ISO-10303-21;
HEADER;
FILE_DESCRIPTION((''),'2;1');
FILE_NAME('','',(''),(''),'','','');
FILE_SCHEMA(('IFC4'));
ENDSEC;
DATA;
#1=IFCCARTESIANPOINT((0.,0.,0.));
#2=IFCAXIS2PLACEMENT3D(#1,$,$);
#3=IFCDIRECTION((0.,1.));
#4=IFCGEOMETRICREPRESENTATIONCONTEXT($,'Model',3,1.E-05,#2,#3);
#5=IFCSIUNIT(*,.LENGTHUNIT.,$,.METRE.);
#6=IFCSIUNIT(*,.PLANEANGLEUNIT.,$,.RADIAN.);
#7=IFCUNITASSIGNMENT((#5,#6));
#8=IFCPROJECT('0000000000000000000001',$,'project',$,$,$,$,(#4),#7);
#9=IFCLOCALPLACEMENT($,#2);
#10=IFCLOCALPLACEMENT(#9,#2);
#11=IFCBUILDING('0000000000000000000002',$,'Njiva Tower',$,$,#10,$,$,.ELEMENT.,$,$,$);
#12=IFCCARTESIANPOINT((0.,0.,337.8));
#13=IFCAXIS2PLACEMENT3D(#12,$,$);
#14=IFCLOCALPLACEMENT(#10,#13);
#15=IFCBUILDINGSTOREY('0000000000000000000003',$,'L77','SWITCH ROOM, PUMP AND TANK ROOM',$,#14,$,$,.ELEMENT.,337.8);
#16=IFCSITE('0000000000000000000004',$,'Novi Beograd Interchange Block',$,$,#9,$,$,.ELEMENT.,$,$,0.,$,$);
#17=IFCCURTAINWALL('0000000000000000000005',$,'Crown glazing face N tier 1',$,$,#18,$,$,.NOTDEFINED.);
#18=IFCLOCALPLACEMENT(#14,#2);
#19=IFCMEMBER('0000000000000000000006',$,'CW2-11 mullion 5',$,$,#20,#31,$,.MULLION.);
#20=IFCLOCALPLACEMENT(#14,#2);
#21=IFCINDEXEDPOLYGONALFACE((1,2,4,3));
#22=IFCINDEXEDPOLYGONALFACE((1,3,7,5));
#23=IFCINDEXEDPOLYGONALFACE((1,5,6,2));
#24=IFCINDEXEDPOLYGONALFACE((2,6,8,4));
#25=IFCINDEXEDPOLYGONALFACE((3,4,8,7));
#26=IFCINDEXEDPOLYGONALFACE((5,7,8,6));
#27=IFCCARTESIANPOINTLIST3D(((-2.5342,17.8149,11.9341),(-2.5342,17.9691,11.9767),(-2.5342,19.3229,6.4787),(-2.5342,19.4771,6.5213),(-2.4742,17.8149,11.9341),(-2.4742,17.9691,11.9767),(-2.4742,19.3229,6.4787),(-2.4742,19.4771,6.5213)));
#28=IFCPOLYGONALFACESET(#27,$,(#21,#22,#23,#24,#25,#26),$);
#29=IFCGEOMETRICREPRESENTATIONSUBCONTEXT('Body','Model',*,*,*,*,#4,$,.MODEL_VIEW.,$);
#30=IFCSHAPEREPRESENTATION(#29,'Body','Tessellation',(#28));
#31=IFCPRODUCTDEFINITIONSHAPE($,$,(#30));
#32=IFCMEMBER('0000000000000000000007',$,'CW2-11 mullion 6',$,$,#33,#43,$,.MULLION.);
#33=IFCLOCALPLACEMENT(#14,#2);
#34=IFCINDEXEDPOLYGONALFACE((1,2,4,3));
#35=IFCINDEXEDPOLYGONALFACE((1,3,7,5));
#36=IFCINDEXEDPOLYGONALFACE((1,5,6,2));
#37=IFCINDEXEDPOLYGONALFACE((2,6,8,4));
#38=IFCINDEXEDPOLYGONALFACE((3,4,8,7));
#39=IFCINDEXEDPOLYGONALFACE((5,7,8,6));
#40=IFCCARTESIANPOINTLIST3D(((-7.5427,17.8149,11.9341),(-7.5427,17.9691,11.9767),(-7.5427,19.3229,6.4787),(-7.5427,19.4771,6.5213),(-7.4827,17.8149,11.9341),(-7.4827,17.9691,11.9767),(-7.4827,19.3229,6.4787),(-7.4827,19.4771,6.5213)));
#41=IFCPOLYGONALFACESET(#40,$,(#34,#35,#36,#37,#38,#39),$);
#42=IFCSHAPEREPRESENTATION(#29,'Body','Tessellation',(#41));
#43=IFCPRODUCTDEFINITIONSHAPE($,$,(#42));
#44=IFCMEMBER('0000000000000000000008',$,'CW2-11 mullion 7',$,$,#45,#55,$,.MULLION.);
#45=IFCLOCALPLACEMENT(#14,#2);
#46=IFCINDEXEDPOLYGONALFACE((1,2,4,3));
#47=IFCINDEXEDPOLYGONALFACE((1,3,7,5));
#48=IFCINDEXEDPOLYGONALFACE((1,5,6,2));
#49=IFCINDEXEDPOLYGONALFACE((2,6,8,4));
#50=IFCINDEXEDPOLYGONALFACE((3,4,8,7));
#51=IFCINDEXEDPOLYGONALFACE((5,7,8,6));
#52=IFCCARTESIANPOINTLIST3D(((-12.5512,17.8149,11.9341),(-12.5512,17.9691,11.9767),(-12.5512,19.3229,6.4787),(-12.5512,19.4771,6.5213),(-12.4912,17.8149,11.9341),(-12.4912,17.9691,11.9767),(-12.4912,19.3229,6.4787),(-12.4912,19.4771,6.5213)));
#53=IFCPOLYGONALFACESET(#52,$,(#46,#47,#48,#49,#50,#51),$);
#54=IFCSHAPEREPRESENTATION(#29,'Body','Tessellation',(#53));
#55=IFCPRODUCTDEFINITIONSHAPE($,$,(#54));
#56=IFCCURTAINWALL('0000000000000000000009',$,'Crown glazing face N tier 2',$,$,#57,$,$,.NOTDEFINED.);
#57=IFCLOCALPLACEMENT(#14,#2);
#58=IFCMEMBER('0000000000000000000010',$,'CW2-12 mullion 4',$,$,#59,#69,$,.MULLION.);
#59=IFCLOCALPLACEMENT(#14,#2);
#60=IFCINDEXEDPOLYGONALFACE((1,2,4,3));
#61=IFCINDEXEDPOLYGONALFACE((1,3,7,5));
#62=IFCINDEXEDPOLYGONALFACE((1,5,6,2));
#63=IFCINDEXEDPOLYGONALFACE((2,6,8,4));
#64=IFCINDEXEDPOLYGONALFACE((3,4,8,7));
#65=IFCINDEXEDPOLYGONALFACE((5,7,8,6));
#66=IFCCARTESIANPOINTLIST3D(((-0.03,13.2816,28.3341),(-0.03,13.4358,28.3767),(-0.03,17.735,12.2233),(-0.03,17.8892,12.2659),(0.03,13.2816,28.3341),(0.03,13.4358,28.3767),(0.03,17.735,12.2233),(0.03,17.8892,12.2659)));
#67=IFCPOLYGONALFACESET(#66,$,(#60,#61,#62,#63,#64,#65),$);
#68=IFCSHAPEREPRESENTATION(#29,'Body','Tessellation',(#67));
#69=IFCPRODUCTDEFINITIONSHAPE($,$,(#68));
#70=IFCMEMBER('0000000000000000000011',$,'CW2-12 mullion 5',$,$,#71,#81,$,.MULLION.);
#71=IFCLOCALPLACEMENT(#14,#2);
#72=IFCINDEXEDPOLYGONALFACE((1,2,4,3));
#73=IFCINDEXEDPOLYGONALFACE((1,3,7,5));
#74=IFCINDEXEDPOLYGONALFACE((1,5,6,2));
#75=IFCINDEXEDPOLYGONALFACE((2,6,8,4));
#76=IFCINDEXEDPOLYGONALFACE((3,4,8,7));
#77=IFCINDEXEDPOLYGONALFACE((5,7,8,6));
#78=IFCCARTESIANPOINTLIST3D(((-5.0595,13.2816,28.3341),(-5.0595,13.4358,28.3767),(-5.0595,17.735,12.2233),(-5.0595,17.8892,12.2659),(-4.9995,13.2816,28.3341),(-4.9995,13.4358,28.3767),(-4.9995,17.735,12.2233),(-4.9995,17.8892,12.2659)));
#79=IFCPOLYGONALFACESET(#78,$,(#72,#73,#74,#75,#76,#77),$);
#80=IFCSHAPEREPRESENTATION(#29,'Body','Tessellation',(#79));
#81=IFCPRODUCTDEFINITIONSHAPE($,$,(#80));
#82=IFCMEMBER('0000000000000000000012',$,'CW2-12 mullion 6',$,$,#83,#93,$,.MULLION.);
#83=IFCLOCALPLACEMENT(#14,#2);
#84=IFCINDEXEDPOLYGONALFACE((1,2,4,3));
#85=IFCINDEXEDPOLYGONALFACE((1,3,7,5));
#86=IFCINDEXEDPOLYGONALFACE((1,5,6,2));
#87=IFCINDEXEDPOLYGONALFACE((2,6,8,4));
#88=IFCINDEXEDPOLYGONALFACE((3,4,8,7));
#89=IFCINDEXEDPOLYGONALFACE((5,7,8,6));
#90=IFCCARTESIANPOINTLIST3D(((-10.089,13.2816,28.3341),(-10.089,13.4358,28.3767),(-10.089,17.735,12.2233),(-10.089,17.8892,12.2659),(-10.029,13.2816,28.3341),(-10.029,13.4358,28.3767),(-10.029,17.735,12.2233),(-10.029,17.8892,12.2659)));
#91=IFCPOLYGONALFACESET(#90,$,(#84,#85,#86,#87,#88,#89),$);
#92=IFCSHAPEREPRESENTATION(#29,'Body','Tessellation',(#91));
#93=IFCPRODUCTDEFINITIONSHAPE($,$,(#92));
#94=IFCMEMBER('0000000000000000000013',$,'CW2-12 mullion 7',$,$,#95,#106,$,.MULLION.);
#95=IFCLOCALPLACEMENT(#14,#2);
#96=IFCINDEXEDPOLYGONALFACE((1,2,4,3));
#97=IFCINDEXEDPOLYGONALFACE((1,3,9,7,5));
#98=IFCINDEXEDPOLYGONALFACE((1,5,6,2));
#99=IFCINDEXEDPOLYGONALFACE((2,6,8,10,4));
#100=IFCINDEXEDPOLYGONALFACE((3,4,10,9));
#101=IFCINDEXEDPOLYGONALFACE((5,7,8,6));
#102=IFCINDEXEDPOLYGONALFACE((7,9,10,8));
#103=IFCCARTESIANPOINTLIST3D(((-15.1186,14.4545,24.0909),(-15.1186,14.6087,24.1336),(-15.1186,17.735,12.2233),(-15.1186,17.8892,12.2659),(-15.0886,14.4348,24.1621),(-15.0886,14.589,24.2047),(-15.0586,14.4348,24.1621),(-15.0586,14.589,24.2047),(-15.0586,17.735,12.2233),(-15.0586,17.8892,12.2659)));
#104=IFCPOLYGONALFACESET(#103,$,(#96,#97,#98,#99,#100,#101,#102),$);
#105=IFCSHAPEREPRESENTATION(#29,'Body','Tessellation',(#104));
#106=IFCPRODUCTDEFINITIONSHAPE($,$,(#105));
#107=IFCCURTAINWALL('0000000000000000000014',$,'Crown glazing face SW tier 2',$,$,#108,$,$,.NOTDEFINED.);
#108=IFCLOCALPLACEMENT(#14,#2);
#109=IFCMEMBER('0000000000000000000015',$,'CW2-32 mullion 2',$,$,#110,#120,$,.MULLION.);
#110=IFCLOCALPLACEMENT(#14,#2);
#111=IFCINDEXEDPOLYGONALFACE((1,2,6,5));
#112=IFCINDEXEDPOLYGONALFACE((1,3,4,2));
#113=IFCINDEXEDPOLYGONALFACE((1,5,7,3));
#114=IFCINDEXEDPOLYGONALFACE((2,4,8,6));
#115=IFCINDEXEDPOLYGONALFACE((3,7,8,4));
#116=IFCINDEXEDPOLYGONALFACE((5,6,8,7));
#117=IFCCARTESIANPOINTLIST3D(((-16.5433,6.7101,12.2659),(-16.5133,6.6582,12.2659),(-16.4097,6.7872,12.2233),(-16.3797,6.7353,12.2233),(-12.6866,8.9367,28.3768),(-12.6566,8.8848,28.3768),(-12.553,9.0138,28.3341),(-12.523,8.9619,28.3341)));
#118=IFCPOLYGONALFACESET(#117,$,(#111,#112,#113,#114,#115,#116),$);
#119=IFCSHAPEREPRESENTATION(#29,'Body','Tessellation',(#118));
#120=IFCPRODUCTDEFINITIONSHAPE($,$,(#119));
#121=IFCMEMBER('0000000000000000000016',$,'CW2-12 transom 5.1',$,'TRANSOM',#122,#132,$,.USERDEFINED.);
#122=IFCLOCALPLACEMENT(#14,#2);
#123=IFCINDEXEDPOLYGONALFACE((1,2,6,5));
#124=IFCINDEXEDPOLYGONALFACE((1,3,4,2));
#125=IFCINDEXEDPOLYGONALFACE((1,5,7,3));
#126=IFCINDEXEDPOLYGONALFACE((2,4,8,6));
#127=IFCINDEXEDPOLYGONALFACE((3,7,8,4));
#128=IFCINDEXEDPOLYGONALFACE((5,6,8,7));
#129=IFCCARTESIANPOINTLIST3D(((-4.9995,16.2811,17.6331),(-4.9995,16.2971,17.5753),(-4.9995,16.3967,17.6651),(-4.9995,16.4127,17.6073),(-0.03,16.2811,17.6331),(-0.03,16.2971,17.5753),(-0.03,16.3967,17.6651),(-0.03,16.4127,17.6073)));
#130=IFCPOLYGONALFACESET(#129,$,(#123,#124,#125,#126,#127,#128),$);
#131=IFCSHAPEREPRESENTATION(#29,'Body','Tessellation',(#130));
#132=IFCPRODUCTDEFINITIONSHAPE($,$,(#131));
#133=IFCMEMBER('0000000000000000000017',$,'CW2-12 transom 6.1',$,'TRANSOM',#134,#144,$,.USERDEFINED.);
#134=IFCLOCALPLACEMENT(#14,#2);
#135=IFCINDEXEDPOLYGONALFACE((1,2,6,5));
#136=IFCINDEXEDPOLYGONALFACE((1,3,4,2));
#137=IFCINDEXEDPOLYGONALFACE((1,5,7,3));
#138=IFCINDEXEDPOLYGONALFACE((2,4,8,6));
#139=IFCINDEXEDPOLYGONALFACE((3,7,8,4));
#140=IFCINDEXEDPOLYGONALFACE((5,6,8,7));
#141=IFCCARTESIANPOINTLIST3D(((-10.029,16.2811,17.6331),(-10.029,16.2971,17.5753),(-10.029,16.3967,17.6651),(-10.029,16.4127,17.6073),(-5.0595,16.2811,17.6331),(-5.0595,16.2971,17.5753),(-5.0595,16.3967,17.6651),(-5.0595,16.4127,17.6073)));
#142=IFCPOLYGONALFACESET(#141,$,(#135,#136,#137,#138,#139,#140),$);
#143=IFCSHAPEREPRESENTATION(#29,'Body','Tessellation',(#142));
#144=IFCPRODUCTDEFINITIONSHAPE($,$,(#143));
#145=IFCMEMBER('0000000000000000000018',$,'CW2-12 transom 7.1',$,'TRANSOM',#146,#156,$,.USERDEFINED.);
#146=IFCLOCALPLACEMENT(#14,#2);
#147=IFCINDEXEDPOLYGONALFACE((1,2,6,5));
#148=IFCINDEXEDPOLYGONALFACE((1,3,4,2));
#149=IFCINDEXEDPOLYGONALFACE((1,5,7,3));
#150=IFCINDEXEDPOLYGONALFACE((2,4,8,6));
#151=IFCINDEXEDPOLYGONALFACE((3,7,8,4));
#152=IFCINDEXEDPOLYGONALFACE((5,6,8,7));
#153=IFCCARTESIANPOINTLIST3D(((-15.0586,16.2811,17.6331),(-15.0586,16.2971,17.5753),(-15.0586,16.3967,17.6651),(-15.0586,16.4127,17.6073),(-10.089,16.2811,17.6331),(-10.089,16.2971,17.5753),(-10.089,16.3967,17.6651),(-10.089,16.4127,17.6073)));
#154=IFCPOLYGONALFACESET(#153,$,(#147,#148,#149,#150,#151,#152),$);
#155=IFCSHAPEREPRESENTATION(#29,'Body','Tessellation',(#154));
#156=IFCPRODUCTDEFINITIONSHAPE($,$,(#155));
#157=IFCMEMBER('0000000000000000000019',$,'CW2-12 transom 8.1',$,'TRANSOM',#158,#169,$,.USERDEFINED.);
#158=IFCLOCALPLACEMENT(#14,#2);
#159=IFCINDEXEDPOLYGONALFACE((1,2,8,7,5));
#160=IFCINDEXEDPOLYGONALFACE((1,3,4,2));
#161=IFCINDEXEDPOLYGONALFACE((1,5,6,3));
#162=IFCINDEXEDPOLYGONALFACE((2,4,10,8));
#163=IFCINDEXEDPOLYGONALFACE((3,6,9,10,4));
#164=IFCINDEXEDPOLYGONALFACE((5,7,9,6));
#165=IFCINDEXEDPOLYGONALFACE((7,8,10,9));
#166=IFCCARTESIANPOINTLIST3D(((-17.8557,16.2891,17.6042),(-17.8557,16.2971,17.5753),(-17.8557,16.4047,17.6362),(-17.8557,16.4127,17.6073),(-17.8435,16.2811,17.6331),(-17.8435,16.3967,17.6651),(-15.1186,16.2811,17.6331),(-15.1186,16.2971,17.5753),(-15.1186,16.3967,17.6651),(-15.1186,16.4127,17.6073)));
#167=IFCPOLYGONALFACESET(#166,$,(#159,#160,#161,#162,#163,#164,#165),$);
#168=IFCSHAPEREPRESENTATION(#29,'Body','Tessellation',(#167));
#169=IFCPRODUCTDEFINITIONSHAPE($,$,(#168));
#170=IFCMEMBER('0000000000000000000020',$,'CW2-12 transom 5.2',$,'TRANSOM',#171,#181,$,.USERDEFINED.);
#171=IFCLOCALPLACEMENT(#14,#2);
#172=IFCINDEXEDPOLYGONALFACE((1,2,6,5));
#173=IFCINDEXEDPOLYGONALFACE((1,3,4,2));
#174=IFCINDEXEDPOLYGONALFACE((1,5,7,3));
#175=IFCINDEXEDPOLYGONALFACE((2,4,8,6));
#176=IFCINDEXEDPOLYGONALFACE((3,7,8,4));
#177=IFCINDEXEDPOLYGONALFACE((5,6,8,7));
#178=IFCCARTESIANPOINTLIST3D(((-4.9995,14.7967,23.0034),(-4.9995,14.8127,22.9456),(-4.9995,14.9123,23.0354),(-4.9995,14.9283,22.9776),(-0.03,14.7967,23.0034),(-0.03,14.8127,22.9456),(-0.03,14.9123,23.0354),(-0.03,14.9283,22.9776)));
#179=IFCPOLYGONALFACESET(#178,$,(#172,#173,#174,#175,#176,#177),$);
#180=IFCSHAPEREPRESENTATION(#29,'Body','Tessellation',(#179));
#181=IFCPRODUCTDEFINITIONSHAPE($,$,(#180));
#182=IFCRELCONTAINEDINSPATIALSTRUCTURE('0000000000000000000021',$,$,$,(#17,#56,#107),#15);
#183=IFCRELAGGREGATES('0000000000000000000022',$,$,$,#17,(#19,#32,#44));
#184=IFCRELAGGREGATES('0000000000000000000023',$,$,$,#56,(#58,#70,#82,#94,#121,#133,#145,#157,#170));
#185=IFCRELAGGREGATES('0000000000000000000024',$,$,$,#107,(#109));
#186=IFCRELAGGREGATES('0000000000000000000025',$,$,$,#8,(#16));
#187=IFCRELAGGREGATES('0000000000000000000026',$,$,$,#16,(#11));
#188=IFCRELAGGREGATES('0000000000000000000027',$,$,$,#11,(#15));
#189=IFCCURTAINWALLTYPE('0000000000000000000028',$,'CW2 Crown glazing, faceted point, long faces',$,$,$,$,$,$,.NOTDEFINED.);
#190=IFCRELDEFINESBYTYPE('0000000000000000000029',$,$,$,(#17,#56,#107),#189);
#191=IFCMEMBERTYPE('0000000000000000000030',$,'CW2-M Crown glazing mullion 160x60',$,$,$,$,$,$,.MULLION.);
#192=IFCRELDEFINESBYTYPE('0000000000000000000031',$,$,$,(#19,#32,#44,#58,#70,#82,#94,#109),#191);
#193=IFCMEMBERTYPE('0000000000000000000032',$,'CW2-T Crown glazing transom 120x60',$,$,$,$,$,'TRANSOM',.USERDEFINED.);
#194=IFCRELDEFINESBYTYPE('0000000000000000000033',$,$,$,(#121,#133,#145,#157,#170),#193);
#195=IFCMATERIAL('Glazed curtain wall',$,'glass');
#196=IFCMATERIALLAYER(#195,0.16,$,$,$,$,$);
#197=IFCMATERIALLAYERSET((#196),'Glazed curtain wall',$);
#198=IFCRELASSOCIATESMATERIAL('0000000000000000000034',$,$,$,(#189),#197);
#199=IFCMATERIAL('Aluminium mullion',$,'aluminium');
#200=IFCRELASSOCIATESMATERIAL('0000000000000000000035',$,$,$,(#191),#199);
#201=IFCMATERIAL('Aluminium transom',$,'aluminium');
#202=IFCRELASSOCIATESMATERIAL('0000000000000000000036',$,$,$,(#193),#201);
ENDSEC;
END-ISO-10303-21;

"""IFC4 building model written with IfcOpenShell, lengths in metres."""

from ifc_helpers import new_model, si_unit, direction, frame, origin, origin_2d, place, context, subcontext, project, spatial, rectangle, extrude, clip, halfspace, material, layer, layer_set, material_profile, profile_set, type_object, element, aggregate, save


model = new_model("IFC4")

# Units and contexts
model_context = context("Model", 3, precision=1e-05, world=origin(), true_north=direction((0.0, 1.0)))
body_context = subcontext(model_context, "Body", "Model", "MODEL_VIEW")
ifc_project = project(units=[si_unit("LENGTHUNIT", "METRE"), si_unit("PLANEANGLEUNIT", "RADIAN")], contexts=[model_context])

# Site, building, storey
site_placement = place(None, origin())
site = spatial("IfcSite", under=ifc_project, at=site_placement, Name="Novi Beograd Interchange Block", CompositionType="ELEMENT", RefElevation=0.0)
building_placement = place(site_placement, origin())
building = spatial("IfcBuilding", under=site, at=building_placement, Name="Njiva Tower", CompositionType="ELEMENT")
storey_placement = place(building_placement, frame((0.0, 0.0, 337.8)))
storey = spatial("IfcBuildingStorey", under=building, at=storey_placement, Name="L77", Description="SWITCH ROOM, PUMP AND TANK ROOM", CompositionType="ELEMENT", Elevation=337.8)

# Curtain walls, members
ifc_material_1 = material(Name="Glazed curtain wall", Category="glass")
ifc_layer_1 = layer(ifc_material_1, 0.16)
ifc_layer_set_1 = layer_set([ifc_layer_1], Name="Glazed curtain wall")
curtain_wall_type = type_object("IfcCurtainWallType", Name="CW2 Crown glazing, faceted point, long faces", PredefinedType="NOTDEFINED", material=ifc_layer_set_1)
curtain_wall_1_placement = place(storey_placement, origin())
curtain_wall_1 = element("IfcCurtainWall", 1, at=curtain_wall_1_placement, inside=storey, type_object=curtain_wall_type, Name="Crown glazing face N tier 1", PredefinedType="NOTDEFINED")
ifc_material_2 = material(Name="Aluminium mullion", Category="aluminium")
ifc_material_profile_1 = material_profile(ifc_material_2, rectangle(XDim=0.16, YDim=0.06, at=origin_2d()), Name="RECT 160x60")
ifc_profile_set_1 = profile_set([ifc_material_profile_1], Name="Aluminium mullion")
member_type_1 = type_object("IfcMemberType", Name="CW2-M Crown glazing mullion 160x60", PredefinedType="MULLION", material=ifc_profile_set_1)
member_1_placement = place(storey_placement, frame((-2.5042, 19.4, 6.5), z_axis=(0.0, -0.266432, 0.963854), x_axis=(0.0, 0.963854, 0.266432)))
member_1 = element("IfcMember", 2, at=member_1_placement, type_object=member_type_1, Name="CW2-11 mullion 5", PredefinedType="MULLION", context=body_context, shape_type="Clipping", body=[
    clip(clip(extrude(rectangle(XDim=0.16, YDim=0.06, at=origin_2d()), origin(), (0.0, 0.0, 1.0), 5.66), halfspace(frame((0.08, 0.0, 0.0), z_axis=(-0.000003, 0.0, -1.0), x_axis=(0.0, -1.0, 0.0)), False)), halfspace(frame((0.08, 0.0, 5.66), z_axis=(0.000003, 0.0, 1.0), x_axis=(0.0, 1.0, 0.0)), False)),
])
member_2_placement = place(storey_placement, frame((-7.5127, 19.4, 6.5), z_axis=(0.0, -0.266432, 0.963854), x_axis=(0.0, 0.963854, 0.266432)))
member_2 = element("IfcMember", 3, at=member_2_placement, type_object=member_type_1, Name="CW2-11 mullion 6", PredefinedType="MULLION", context=body_context, shape_type="Clipping", body=[
    clip(clip(extrude(rectangle(XDim=0.16, YDim=0.06, at=origin_2d()), origin(), (0.0, 0.0, 1.0), 5.66), halfspace(frame((0.08, 0.0, 0.0), z_axis=(-0.000003, 0.0, -1.0), x_axis=(0.0, -1.0, 0.0)), False)), halfspace(frame((0.08, 0.0, 5.66), z_axis=(0.000003, 0.0, 1.0), x_axis=(0.0, 1.0, 0.0)), False)),
])
member_3_placement = place(storey_placement, frame((-12.5212, 19.4, 6.5), z_axis=(0.0, -0.266432, 0.963854), x_axis=(0.0, 0.963854, 0.266432)))
member_3 = element("IfcMember", 4, at=member_3_placement, type_object=member_type_1, Name="CW2-11 mullion 7", PredefinedType="MULLION", context=body_context, shape_type="Clipping", body=[
    clip(clip(extrude(rectangle(XDim=0.16, YDim=0.06, at=origin_2d()), origin(), (0.0, 0.0, 1.0), 5.66), halfspace(frame((0.08, 0.0, 0.0), z_axis=(-0.000003, 0.0, -1.0), x_axis=(0.0, -1.0, 0.0)), False)), halfspace(frame((0.08, 0.0, 5.66), z_axis=(0.000003, 0.0, 1.0), x_axis=(0.0, 1.0, 0.0)), False)),
])
curtain_wall_2_placement = place(storey_placement, origin())
curtain_wall_2 = element("IfcCurtainWall", 5, at=curtain_wall_2_placement, inside=storey, type_object=curtain_wall_type, Name="Crown glazing face N tier 2", PredefinedType="NOTDEFINED")
member_4_placement = place(storey_placement, frame((0.0, 17.8121, 12.2446), z_axis=(0.0, -0.266432, 0.963854), x_axis=(0.0, 0.963854, 0.266432)))
member_4 = element("IfcMember", 6, at=member_4_placement, type_object=member_type_1, Name="CW2-12 mullion 4", PredefinedType="MULLION", context=body_context, shape_type="Clipping", body=[
    clip(clip(extrude(rectangle(XDim=0.16, YDim=0.06, at=origin_2d()), origin(), (0.0, 0.0, 1.0), 16.715), halfspace(frame((0.08, 0.0, 0.0), z_axis=(-0.000003, 0.0, -1.0), x_axis=(0.0, -1.0, 0.0)), False)), halfspace(frame((0.08, 0.0, 16.715), z_axis=(0.000003, 0.0, 1.0), x_axis=(0.0, 1.0, 0.0)), False)),
])
member_5_placement = place(storey_placement, frame((-5.0295, 17.8121, 12.2446), z_axis=(0.0, -0.266432, 0.963854), x_axis=(0.0, 0.963854, 0.266432)))
member_5 = element("IfcMember", 7, at=member_5_placement, type_object=member_type_1, Name="CW2-12 mullion 5", PredefinedType="MULLION", context=body_context, shape_type="Clipping", body=[
    clip(clip(extrude(rectangle(XDim=0.16, YDim=0.06, at=origin_2d()), origin(), (0.0, 0.0, 1.0), 16.715), halfspace(frame((0.08, 0.0, 0.0), z_axis=(-0.000003, 0.0, -1.0), x_axis=(0.0, -1.0, 0.0)), False)), halfspace(frame((0.08, 0.0, 16.715), z_axis=(0.000003, 0.0, 1.0), x_axis=(0.0, 1.0, 0.0)), False)),
])
member_6_placement = place(storey_placement, frame((-10.059, 17.8121, 12.2446), z_axis=(0.0, -0.266432, 0.963854), x_axis=(0.0, 0.963854, 0.266432)))
member_6 = element("IfcMember", 8, at=member_6_placement, type_object=member_type_1, Name="CW2-12 mullion 6", PredefinedType="MULLION", context=body_context, shape_type="Clipping", body=[
    clip(clip(extrude(rectangle(XDim=0.16, YDim=0.06, at=origin_2d()), origin(), (0.0, 0.0, 1.0), 16.715), halfspace(frame((0.08, 0.0, 0.0), z_axis=(-0.000003, 0.0, -1.0), x_axis=(0.0, -1.0, 0.0)), False)), halfspace(frame((0.08, 0.0, 16.715), z_axis=(0.000003, 0.0, 1.0), x_axis=(0.0, 1.0, 0.0)), False)),
])
member_7_placement = place(storey_placement, frame((-15.0886, 17.8121, 12.2446), z_axis=(0.0, -0.266434, 0.963853), x_axis=(0.0, 0.963853, 0.266434)))
member_7 = element("IfcMember", 9, at=member_7_placement, type_object=member_type_1, Name="CW2-12 mullion 7", PredefinedType="MULLION", context=body_context, shape_type="Clipping", body=[
    clip(clip(extrude(rectangle(XDim=0.16, YDim=0.06, at=origin_2d()), origin(), (0.0, 0.0, 1.0), 12.3865), halfspace(frame((0.08, 0.0, 0.0), z_axis=(-0.000006, 0.0, -1.0), x_axis=(0.0, -1.0, 0.0)), False)), halfspace(frame((0.0801, 0.0, 12.3866), z_axis=(0.000002, 0.926532, 0.376215), x_axis=(0.0, 0.376215, -0.926532)), False)),
])

# Curtain wall, member
curtain_wall_3_placement = place(storey_placement, origin())
curtain_wall_3 = element("IfcCurtainWall", 10, at=curtain_wall_3_placement, inside=storey, type_object=curtain_wall_type, Name="Crown glazing face SW tier 2", PredefinedType="NOTDEFINED")
member_8_placement = place(storey_placement, frame((-16.4615, 6.7227, 12.2446), z_axis=(0.230733, 0.13321, 0.963855), x_axis=(-0.834729, -0.481917, 0.266426)))
member_8 = element("IfcMember", 11, at=member_8_placement, type_object=member_type_1, Name="CW2-32 mullion 2", PredefinedType="MULLION", context=body_context, shape_type="Clipping", body=[
    clip(clip(extrude(rectangle(XDim=0.16, YDim=0.06, at=origin_2d()), origin(), (0.0, 0.0, 1.0), 16.715), halfspace(frame((0.08, 0.0, 0.0), z_axis=(0.000002, 0.000003, -1.0), x_axis=(0.0, -1.0, -0.000003)), False)), halfspace(frame((0.08, 0.0, 16.715), z_axis=(-0.000002, -0.000003, 1.0), x_axis=(0.0, 1.0, 0.000003)), False)),
])

# Members
ifc_material_3 = material(Name="Aluminium transom", Category="aluminium")
ifc_material_profile_2 = material_profile(ifc_material_3, rectangle(XDim=0.12, YDim=0.06, at=origin_2d()), Name="RECT 120x60")
ifc_profile_set_2 = profile_set([ifc_material_profile_2], Name="Aluminium transom")
member_type_2 = type_object("IfcMemberType", Name="CW2-T Crown glazing transom 120x60", ElementType="TRANSOM", PredefinedType="USERDEFINED", material=ifc_profile_set_2)
member_9_placement = place(storey_placement, frame((-0.03, 16.3469, 17.6202), z_axis=(-1.0, 0.0, 0.0), x_axis=(0.0, 0.963855, 0.266428)))
member_9 = element("IfcMember", 12, at=member_9_placement, type_object=member_type_2, Name="CW2-12 transom 5.1", ObjectType="TRANSOM", PredefinedType="USERDEFINED", context=body_context, shape_type="SweptSolid", body=[
    extrude(rectangle(XDim=0.12, YDim=0.06, at=origin_2d()), origin(), (0.0, 0.0, 1.0), 4.9695),
])
member_10_placement = place(storey_placement, frame((-5.0595, 16.3469, 17.6202), z_axis=(-1.0, 0.0, 0.0), x_axis=(0.0, 0.963855, 0.266428)))
member_10 = element("IfcMember", 13, at=member_10_placement, type_object=member_type_2, Name="CW2-12 transom 6.1", ObjectType="TRANSOM", PredefinedType="USERDEFINED", context=body_context, shape_type="SweptSolid", body=[
    extrude(rectangle(XDim=0.12, YDim=0.06, at=origin_2d()), origin(), (0.0, 0.0, 1.0), 4.9695),
])
member_11_placement = place(storey_placement, frame((-10.089, 16.3469, 17.6202), z_axis=(-1.0, 0.0, 0.0), x_axis=(0.0, 0.963855, 0.266428)))
member_11 = element("IfcMember", 14, at=member_11_placement, type_object=member_type_2, Name="CW2-12 transom 7.1", ObjectType="TRANSOM", PredefinedType="USERDEFINED", context=body_context, shape_type="SweptSolid", body=[
    extrude(rectangle(XDim=0.12, YDim=0.06, at=origin_2d()), origin(), (0.0, 0.0, 1.0), 4.9696),
])
member_12_placement = place(storey_placement, frame((-15.1186, 16.3469, 17.6202), z_axis=(-1.0, 0.0, 0.0), x_axis=(0.0, 0.963855, 0.266428)))
member_12 = element("IfcMember", 15, at=member_12_placement, type_object=member_type_2, Name="CW2-12 transom 8.1", ObjectType="TRANSOM", PredefinedType="USERDEFINED", context=body_context, shape_type="Clipping", body=[
    clip(extrude(rectangle(XDim=0.12, YDim=0.06, at=origin_2d()), origin(), (0.0, 0.0, 1.0), 2.7371), halfspace(frame((0.06, 0.0, 2.7371), z_axis=(0.0, -0.376215, 0.926532), x_axis=(0.0, 0.926532, 0.376215)), False)),
])
member_13_placement = place(storey_placement, frame((-0.03, 14.8625, 22.9905), z_axis=(-1.0, 0.0, 0.0), x_axis=(0.0, 0.963855, 0.266428)))
member_13 = element("IfcMember", 16, at=member_13_placement, type_object=member_type_2, Name="CW2-12 transom 5.2", ObjectType="TRANSOM", PredefinedType="USERDEFINED", context=body_context, shape_type="SweptSolid", body=[
    extrude(rectangle(XDim=0.12, YDim=0.06, at=origin_2d()), origin(), (0.0, 0.0, 1.0), 4.9695),
])

aggregate(curtain_wall_1, [member_1, member_2, member_3])
aggregate(curtain_wall_2, [member_4, member_5, member_6, member_7, member_9, member_10, member_11, member_12, member_13])
aggregate(curtain_wall_3, [member_8])

save(model, "model.ifc")
